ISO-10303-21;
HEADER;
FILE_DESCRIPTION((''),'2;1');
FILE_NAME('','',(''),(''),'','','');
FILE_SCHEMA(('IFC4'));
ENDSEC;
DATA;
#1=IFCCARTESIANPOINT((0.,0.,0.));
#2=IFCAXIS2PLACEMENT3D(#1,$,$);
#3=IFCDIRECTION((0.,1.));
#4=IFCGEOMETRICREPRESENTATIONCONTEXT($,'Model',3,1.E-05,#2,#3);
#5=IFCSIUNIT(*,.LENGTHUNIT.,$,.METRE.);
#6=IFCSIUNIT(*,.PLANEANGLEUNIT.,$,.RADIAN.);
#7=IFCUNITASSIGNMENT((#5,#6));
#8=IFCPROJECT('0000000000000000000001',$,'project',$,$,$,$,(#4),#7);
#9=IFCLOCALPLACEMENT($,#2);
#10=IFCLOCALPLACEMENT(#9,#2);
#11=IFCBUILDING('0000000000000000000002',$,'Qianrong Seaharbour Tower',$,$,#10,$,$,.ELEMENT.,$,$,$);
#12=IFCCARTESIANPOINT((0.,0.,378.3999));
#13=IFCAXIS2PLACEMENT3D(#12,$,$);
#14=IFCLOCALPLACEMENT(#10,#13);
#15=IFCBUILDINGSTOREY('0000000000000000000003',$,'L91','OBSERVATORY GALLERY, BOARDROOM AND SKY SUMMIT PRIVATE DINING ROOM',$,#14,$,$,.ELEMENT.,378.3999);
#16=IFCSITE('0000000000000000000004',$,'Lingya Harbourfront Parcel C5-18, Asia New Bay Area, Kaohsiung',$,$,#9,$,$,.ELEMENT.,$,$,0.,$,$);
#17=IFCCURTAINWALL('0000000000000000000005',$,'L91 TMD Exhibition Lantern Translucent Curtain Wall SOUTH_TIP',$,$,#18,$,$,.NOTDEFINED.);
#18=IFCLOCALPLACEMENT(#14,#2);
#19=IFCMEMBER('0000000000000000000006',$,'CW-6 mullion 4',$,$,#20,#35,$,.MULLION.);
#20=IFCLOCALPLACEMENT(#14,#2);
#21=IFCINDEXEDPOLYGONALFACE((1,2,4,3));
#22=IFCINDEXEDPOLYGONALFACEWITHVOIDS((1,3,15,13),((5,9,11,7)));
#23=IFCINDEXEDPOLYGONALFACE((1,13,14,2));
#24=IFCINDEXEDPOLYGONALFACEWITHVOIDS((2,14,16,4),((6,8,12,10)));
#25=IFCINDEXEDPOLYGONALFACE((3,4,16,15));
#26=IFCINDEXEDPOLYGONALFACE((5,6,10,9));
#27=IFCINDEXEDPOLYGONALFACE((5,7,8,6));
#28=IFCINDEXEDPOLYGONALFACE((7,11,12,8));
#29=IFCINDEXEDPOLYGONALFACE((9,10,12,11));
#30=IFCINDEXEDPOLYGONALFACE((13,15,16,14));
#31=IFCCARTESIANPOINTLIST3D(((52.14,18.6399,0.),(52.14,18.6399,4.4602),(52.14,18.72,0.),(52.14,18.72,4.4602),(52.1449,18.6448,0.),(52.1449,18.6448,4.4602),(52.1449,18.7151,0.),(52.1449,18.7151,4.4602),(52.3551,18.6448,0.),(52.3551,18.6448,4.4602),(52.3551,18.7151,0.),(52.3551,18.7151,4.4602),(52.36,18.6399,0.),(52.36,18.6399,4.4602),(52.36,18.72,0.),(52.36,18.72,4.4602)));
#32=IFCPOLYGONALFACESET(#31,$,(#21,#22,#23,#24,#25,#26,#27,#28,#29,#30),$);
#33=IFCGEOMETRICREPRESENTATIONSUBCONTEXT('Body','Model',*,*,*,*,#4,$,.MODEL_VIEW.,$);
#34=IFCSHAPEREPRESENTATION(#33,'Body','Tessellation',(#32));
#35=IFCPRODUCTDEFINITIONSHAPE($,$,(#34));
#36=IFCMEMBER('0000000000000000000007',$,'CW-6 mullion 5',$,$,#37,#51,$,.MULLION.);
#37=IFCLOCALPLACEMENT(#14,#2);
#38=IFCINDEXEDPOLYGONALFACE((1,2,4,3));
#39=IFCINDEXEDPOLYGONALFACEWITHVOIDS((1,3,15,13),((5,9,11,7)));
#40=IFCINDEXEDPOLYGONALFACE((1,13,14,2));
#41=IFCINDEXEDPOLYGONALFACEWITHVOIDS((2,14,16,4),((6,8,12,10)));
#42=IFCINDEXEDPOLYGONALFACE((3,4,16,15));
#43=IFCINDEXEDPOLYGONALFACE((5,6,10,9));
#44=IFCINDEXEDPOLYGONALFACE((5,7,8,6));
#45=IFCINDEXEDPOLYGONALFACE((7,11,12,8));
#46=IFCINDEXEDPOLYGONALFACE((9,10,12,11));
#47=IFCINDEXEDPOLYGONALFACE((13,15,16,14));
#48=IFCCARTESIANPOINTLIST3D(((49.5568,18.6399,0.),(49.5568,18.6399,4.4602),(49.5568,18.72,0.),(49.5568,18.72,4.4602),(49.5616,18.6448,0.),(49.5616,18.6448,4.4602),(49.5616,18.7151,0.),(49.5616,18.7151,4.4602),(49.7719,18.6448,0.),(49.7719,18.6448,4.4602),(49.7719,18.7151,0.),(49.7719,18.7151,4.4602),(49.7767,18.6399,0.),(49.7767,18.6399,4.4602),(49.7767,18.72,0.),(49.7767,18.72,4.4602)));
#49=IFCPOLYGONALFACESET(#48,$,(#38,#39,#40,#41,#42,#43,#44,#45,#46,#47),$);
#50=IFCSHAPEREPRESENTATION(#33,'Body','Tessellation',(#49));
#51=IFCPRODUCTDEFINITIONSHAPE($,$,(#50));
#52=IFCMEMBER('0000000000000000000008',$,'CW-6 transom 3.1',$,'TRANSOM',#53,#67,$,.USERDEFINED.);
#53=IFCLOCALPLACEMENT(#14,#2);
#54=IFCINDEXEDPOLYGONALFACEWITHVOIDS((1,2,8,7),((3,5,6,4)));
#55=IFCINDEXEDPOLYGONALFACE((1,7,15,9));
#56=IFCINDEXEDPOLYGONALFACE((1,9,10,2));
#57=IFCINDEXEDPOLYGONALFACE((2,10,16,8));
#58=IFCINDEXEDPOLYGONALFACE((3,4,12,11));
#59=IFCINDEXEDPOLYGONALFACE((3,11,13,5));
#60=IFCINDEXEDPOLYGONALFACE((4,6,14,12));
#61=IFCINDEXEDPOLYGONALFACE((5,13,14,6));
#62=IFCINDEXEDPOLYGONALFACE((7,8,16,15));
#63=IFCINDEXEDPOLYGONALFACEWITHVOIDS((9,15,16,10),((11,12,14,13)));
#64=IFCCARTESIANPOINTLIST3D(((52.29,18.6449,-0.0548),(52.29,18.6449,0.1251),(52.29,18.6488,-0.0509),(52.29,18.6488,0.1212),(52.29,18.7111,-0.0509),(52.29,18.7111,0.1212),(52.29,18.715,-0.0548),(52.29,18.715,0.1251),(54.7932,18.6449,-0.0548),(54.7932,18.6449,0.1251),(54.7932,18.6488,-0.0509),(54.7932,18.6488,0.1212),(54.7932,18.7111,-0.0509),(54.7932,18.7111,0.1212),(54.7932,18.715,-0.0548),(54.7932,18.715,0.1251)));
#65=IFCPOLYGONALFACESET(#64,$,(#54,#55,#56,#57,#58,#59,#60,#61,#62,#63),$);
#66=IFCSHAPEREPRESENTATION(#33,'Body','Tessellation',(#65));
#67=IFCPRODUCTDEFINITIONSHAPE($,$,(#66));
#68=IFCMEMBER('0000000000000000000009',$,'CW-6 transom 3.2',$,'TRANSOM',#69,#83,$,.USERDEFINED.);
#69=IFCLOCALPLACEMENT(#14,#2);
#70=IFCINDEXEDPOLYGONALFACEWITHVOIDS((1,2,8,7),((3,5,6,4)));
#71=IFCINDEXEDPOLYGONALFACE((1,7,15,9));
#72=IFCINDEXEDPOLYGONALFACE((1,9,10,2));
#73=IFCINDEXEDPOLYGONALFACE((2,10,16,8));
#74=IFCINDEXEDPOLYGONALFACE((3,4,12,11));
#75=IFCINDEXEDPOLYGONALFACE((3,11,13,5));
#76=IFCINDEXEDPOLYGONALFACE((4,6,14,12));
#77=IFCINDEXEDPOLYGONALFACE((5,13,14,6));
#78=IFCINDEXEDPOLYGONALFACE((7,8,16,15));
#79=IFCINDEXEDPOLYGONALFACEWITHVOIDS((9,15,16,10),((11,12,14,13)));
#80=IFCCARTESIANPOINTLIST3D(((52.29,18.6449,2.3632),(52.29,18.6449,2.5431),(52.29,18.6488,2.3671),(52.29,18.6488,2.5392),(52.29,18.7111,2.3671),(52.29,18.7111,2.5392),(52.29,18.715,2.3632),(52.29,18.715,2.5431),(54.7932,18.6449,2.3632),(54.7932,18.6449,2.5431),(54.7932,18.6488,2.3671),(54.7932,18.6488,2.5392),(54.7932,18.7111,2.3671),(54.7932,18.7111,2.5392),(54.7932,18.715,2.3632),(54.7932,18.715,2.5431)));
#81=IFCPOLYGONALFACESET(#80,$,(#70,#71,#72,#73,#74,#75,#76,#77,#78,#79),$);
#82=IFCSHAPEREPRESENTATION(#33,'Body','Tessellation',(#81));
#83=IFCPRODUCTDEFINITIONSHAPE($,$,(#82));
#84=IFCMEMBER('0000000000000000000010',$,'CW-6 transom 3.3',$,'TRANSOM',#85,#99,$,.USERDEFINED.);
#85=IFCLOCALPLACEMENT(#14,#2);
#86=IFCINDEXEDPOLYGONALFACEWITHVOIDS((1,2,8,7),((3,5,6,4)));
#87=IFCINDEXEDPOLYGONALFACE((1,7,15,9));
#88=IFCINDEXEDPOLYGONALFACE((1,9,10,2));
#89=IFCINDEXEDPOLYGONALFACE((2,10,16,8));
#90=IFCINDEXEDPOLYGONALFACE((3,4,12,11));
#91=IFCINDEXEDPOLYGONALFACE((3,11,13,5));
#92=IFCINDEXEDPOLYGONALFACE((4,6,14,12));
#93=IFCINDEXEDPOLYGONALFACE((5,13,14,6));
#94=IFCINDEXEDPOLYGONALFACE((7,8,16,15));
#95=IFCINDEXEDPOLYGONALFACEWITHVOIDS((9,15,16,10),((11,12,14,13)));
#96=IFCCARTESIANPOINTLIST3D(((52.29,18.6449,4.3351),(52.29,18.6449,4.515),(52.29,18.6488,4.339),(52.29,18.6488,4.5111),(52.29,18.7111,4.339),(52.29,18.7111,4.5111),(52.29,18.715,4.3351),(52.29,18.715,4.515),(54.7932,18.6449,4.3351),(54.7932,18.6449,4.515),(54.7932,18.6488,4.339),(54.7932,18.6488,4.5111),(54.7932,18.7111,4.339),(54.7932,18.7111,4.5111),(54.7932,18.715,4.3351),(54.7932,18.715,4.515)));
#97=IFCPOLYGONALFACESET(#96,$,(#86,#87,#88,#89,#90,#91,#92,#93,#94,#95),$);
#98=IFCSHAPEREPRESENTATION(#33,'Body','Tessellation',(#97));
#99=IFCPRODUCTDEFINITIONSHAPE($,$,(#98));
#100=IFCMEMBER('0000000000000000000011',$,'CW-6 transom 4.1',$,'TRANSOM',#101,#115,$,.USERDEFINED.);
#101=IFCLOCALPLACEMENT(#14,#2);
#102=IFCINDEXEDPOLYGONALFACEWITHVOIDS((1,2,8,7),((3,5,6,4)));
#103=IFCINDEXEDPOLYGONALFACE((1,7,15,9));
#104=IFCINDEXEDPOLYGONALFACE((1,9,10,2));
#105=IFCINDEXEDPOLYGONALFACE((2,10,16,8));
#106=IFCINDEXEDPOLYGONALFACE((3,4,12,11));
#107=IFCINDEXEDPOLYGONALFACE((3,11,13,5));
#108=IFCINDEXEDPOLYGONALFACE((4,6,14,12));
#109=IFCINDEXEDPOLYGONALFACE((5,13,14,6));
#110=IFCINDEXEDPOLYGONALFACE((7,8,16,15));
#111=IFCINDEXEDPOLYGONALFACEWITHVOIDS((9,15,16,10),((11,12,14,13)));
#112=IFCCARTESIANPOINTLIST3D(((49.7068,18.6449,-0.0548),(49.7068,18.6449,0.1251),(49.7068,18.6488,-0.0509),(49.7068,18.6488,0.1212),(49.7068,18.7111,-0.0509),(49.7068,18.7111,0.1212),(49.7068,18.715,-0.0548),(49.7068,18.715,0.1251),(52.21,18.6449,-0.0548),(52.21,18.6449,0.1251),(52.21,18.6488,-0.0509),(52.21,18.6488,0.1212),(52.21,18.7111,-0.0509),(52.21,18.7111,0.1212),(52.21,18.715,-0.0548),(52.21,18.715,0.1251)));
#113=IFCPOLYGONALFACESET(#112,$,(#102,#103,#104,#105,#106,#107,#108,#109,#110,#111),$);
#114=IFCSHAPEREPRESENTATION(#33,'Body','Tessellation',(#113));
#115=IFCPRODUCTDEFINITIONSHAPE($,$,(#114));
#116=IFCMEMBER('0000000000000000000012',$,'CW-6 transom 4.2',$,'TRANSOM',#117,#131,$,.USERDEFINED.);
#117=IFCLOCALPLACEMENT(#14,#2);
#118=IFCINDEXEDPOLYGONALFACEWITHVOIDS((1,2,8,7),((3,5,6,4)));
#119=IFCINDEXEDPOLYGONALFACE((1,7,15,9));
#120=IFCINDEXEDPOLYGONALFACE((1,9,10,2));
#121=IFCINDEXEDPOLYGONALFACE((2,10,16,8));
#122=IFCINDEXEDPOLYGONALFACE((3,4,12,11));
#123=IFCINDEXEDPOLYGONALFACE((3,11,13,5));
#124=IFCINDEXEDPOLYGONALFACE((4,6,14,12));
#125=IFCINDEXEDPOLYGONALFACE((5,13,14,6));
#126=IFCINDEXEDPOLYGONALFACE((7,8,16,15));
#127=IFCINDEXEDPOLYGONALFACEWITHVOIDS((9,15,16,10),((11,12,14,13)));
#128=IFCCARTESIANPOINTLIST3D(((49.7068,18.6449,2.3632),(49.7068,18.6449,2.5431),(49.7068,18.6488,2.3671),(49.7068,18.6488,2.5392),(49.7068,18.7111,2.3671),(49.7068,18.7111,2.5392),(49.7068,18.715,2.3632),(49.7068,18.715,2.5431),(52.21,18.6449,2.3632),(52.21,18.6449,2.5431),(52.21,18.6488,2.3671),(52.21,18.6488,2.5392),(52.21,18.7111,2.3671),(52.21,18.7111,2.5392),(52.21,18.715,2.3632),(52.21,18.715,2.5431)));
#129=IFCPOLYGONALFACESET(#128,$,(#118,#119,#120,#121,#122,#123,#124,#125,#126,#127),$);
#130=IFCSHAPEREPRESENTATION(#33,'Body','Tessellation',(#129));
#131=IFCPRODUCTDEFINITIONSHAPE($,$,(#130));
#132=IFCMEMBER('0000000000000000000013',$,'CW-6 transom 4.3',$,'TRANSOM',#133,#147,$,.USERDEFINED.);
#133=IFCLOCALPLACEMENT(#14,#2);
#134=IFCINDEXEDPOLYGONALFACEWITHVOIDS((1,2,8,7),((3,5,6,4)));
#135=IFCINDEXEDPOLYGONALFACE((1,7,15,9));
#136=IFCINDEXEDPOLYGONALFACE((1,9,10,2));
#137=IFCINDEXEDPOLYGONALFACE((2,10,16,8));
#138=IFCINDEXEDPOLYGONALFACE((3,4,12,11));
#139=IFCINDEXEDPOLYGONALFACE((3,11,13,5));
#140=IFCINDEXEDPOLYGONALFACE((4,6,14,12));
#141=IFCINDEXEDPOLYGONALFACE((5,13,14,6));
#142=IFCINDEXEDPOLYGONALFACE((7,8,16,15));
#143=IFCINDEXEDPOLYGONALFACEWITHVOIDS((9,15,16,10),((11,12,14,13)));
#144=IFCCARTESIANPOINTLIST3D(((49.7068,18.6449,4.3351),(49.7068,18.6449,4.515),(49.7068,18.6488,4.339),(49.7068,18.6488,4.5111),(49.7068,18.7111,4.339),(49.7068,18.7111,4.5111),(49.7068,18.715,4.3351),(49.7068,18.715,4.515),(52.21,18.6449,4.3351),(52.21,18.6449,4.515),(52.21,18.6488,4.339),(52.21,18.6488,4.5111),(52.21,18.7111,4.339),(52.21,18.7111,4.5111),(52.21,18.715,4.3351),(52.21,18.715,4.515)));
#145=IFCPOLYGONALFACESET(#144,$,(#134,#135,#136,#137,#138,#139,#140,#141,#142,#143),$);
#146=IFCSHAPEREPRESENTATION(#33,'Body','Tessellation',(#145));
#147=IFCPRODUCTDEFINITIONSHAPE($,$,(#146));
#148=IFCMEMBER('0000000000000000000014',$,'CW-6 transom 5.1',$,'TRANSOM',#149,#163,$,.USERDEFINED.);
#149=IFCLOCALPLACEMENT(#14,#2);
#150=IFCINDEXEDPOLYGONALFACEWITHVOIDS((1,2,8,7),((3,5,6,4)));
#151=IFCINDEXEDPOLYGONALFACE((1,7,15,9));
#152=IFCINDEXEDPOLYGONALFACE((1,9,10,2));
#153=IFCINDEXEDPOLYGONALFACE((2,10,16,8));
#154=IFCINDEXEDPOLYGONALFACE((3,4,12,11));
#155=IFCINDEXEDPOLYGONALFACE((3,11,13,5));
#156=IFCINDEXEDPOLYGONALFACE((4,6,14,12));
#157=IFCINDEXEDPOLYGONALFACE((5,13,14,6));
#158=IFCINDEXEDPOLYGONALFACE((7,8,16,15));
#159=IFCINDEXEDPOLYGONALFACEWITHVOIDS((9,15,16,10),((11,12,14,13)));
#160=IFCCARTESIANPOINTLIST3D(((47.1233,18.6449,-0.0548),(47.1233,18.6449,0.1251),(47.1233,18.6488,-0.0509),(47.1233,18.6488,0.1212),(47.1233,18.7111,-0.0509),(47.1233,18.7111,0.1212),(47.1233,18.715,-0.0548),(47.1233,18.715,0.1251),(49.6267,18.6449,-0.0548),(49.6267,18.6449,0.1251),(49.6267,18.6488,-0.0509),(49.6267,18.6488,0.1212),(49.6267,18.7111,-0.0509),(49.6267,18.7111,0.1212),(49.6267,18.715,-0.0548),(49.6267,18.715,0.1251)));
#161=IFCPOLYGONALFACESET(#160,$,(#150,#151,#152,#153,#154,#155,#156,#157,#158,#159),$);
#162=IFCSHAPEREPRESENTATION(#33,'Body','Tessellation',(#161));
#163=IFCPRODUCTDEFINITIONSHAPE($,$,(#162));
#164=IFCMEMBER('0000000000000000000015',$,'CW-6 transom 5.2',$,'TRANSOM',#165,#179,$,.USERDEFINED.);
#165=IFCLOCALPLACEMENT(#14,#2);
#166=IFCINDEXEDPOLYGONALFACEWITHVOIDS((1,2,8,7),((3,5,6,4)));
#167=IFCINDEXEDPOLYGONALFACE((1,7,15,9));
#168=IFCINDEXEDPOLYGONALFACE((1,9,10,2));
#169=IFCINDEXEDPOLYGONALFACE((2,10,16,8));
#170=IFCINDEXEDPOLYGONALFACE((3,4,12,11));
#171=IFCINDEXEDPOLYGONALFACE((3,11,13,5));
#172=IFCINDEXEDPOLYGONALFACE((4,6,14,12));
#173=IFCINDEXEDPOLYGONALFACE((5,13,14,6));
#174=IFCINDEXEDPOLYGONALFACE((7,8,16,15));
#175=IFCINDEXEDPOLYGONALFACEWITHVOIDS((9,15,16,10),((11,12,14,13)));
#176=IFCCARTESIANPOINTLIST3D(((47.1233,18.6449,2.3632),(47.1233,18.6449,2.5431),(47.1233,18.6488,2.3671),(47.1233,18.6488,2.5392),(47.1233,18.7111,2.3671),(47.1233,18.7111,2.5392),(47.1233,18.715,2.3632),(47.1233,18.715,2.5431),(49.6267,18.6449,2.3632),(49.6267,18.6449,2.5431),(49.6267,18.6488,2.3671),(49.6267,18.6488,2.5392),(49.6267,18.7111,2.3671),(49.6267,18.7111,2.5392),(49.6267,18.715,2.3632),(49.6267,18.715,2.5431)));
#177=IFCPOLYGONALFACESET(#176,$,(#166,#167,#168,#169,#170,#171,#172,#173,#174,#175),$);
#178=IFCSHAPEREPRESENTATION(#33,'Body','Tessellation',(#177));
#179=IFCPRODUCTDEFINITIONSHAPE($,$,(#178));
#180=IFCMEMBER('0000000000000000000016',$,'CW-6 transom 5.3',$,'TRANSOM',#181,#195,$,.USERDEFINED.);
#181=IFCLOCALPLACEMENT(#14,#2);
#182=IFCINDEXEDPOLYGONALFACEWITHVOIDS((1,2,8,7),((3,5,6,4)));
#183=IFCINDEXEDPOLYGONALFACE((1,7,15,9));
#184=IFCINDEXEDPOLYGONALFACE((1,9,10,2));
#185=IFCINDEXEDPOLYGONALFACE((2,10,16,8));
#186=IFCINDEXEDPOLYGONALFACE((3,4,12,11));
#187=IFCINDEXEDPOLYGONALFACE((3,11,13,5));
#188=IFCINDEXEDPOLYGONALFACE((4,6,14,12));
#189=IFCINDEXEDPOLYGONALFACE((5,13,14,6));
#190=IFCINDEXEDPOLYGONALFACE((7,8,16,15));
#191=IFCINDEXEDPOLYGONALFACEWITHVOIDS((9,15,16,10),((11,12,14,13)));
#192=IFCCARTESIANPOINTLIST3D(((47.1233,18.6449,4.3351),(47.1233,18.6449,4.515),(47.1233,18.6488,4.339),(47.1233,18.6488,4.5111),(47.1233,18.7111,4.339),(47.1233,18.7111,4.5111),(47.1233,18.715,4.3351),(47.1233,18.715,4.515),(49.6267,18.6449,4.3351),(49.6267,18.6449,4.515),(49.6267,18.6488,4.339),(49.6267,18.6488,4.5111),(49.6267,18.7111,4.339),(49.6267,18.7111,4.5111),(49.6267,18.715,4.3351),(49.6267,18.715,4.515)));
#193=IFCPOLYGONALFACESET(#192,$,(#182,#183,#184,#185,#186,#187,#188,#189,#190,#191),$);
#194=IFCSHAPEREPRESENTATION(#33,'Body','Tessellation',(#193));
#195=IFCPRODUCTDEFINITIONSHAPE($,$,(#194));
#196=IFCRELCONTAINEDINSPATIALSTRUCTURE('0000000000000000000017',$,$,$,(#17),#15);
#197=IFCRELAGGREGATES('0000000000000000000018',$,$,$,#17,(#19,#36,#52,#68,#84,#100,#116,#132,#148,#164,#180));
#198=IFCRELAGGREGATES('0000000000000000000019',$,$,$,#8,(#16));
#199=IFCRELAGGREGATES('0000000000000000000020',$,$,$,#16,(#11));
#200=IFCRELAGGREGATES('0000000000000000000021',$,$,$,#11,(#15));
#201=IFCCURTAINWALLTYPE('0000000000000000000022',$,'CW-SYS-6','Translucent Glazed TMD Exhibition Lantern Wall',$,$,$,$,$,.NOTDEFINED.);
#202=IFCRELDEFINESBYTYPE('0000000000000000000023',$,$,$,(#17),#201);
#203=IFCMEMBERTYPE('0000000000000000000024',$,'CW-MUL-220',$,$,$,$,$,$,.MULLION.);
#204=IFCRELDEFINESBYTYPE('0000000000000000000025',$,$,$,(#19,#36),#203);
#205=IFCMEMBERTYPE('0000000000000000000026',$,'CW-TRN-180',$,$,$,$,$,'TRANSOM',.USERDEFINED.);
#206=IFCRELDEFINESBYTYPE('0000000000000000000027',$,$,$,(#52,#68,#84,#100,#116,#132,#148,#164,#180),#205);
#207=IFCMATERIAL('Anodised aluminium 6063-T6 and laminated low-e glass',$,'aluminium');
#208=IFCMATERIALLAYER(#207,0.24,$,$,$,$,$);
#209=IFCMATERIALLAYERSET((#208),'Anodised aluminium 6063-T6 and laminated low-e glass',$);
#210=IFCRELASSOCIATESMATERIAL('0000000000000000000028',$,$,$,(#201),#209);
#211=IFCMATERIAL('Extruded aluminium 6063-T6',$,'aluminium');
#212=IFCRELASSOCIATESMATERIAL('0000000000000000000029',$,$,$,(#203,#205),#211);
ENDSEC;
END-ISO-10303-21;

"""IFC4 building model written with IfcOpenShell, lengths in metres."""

from ifc_helpers import new_model, si_unit, direction, frame, origin, origin_2d, place, context, subcontext, project, spatial, hollow_rectangle, extrude, material, layer, layer_set, material_profile, profile_set, type_object, element, aggregate, save


model = new_model("IFC4")

# Units and contexts
model_context = context("Model", 3, precision=1e-05, world=origin(), true_north=direction((0.0, 1.0)))
body_context = subcontext(model_context, "Body", "Model", "MODEL_VIEW")
ifc_project = project(units=[si_unit("LENGTHUNIT", "METRE"), si_unit("PLANEANGLEUNIT", "RADIAN")], contexts=[model_context])

# Site, building, storey
site_placement = place(None, origin())
site = spatial("IfcSite", under=ifc_project, at=site_placement, Name="Lingya Harbourfront Parcel C5-18, Asia New Bay Area, Kaohsiung", CompositionType="ELEMENT", RefElevation=0.0)
building_placement = place(site_placement, origin())
building = spatial("IfcBuilding", under=site, at=building_placement, Name="Qianrong Seaharbour Tower", CompositionType="ELEMENT")
storey_placement = place(building_placement, frame((0.0, 0.0, 378.3999)))
storey = spatial("IfcBuildingStorey", under=building, at=storey_placement, Name="L91", Description="OBSERVATORY GALLERY, BOARDROOM AND SKY SUMMIT PRIVATE DINING ROOM", CompositionType="ELEMENT", Elevation=378.3999)

# Curtain wall, members
ifc_material_1 = material(Name="Anodised aluminium 6063-T6 and laminated low-e glass", Category="aluminium")
ifc_layer_1 = layer(ifc_material_1, 0.24)
ifc_layer_set_1 = layer_set([ifc_layer_1], Name="Anodised aluminium 6063-T6 and laminated low-e glass")
curtain_wall_type = type_object("IfcCurtainWallType", Name="CW-SYS-6", Description="Translucent Glazed TMD Exhibition Lantern Wall", PredefinedType="NOTDEFINED", material=ifc_layer_set_1)
curtain_wall_placement = place(storey_placement, origin())
curtain_wall = element("IfcCurtainWall", 1, at=curtain_wall_placement, inside=storey, type_object=curtain_wall_type, Name="L91 TMD Exhibition Lantern Translucent Curtain Wall SOUTH_TIP", PredefinedType="NOTDEFINED")
ifc_material_2 = material(Name="Extruded aluminium 6063-T6", Category="aluminium")
ifc_material_profile_1 = material_profile(ifc_material_2, hollow_rectangle(XDim=0.0801, YDim=0.22, WallThickness=0.0049, at=origin_2d()), Name="ALU-MUL-220x80x5")
ifc_profile_set_1 = profile_set([ifc_material_profile_1], Name="Extruded aluminium 6063-T6")
member_type_1 = type_object("IfcMemberType", Name="CW-MUL-220", PredefinedType="MULLION", material=ifc_profile_set_1)
member_1_placement = place(storey_placement, frame((52.25, 18.6799, 0.0), z_axis=(0.0, 0.0, 1.0), x_axis=(0.0, -1.0, 0.0)))
member_1 = element("IfcMember", 2, at=member_1_placement, type_object=member_type_1, Name="CW-6 mullion 4", PredefinedType="MULLION", context=body_context, shape_type="SweptSolid", body=[
    extrude(hollow_rectangle(XDim=0.0801, YDim=0.22, WallThickness=0.0049, at=origin_2d()), origin(), (0.0, 0.0, 1.0), 4.4602),
])
member_2_placement = place(storey_placement, frame((49.6667, 18.6799, 0.0), z_axis=(0.0, 0.0, 1.0), x_axis=(0.0, -1.0, 0.0)))
member_2 = element("IfcMember", 3, at=member_2_placement, type_object=member_type_1, Name="CW-6 mullion 5", PredefinedType="MULLION", context=body_context, shape_type="SweptSolid", body=[
    extrude(hollow_rectangle(XDim=0.0801, YDim=0.22, WallThickness=0.0049, at=origin_2d()), origin(), (0.0, 0.0, 1.0), 4.4602),
])
ifc_material_profile_2 = material_profile(ifc_material_2, hollow_rectangle(XDim=0.0701, YDim=0.1799, WallThickness=0.0039, at=origin_2d()), Name="ALU-TRN-180x70x4")
ifc_profile_set_2 = profile_set([ifc_material_profile_2], Name="Extruded aluminium 6063-T6")
member_type_2 = type_object("IfcMemberType", Name="CW-TRN-180", ElementType="TRANSOM", PredefinedType="USERDEFINED", material=ifc_profile_set_2)
member_3_placement = place(storey_placement, frame((54.7932, 18.6799, 0.0352), z_axis=(-1.0, 0.0, 0.0), x_axis=(0.0, -1.0, 0.0)))
member_3 = element("IfcMember", 4, at=member_3_placement, type_object=member_type_2, Name="CW-6 transom 3.1", ObjectType="TRANSOM", PredefinedType="USERDEFINED", context=body_context, shape_type="SweptSolid", body=[
    extrude(hollow_rectangle(XDim=0.0701, YDim=0.1799, WallThickness=0.0039, at=origin_2d()), origin(), (0.0, 0.0, 1.0), 2.5032),
])
member_4_placement = place(storey_placement, frame((54.7932, 18.6799, 2.4531), z_axis=(-1.0, 0.0, 0.0), x_axis=(0.0, -1.0, 0.0)))
member_4 = element("IfcMember", 5, at=member_4_placement, type_object=member_type_2, Name="CW-6 transom 3.2", ObjectType="TRANSOM", PredefinedType="USERDEFINED", context=body_context, shape_type="SweptSolid", body=[
    extrude(hollow_rectangle(XDim=0.0701, YDim=0.1799, WallThickness=0.0039, at=origin_2d()), origin(), (0.0, 0.0, 1.0), 2.5032),
])
member_5_placement = place(storey_placement, frame((54.7932, 18.6799, 4.425), z_axis=(-1.0, 0.0, 0.0), x_axis=(0.0, -1.0, 0.0)))
member_5 = element("IfcMember", 6, at=member_5_placement, type_object=member_type_2, Name="CW-6 transom 3.3", ObjectType="TRANSOM", PredefinedType="USERDEFINED", context=body_context, shape_type="SweptSolid", body=[
    extrude(hollow_rectangle(XDim=0.0701, YDim=0.1799, WallThickness=0.0039, at=origin_2d()), origin(), (0.0, 0.0, 1.0), 2.5032),
])
member_6_placement = place(storey_placement, frame((52.21, 18.6799, 0.0352), z_axis=(-1.0, 0.0, 0.0), x_axis=(0.0, -1.0, 0.0)))
member_6 = element("IfcMember", 7, at=member_6_placement, type_object=member_type_2, Name="CW-6 transom 4.1", ObjectType="TRANSOM", PredefinedType="USERDEFINED", context=body_context, shape_type="SweptSolid", body=[
    extrude(hollow_rectangle(XDim=0.0701, YDim=0.1799, WallThickness=0.0039, at=origin_2d()), origin(), (0.0, 0.0, 1.0), 2.5032),
])
member_7_placement = place(storey_placement, frame((52.21, 18.6799, 2.4531), z_axis=(-1.0, 0.0, 0.0), x_axis=(0.0, -1.0, 0.0)))
member_7 = element("IfcMember", 8, at=member_7_placement, type_object=member_type_2, Name="CW-6 transom 4.2", ObjectType="TRANSOM", PredefinedType="USERDEFINED", context=body_context, shape_type="SweptSolid", body=[
    extrude(hollow_rectangle(XDim=0.0701, YDim=0.1799, WallThickness=0.0039, at=origin_2d()), origin(), (0.0, 0.0, 1.0), 2.5032),
])
member_8_placement = place(storey_placement, frame((52.21, 18.6799, 4.425), z_axis=(-1.0, 0.0, 0.0), x_axis=(0.0, -1.0, 0.0)))
member_8 = element("IfcMember", 9, at=member_8_placement, type_object=member_type_2, Name="CW-6 transom 4.3", ObjectType="TRANSOM", PredefinedType="USERDEFINED", context=body_context, shape_type="SweptSolid", body=[
    extrude(hollow_rectangle(XDim=0.0701, YDim=0.1799, WallThickness=0.0039, at=origin_2d()), origin(), (0.0, 0.0, 1.0), 2.5032),
])
member_9_placement = place(storey_placement, frame((49.6267, 18.6799, 0.0352), z_axis=(-1.0, 0.0, 0.0), x_axis=(0.0, -1.0, 0.0)))
member_9 = element("IfcMember", 10, at=member_9_placement, type_object=member_type_2, Name="CW-6 transom 5.1", ObjectType="TRANSOM", PredefinedType="USERDEFINED", context=body_context, shape_type="SweptSolid", body=[
    extrude(hollow_rectangle(XDim=0.0701, YDim=0.1799, WallThickness=0.0039, at=origin_2d()), origin(), (0.0, 0.0, 1.0), 2.5034),
])
member_10_placement = place(storey_placement, frame((49.6267, 18.6799, 2.4531), z_axis=(-1.0, 0.0, 0.0), x_axis=(0.0, -1.0, 0.0)))
member_10 = element("IfcMember", 11, at=member_10_placement, type_object=member_type_2, Name="CW-6 transom 5.2", ObjectType="TRANSOM", PredefinedType="USERDEFINED", context=body_context, shape_type="SweptSolid", body=[
    extrude(hollow_rectangle(XDim=0.0701, YDim=0.1799, WallThickness=0.0039, at=origin_2d()), origin(), (0.0, 0.0, 1.0), 2.5034),
])
member_11_placement = place(storey_placement, frame((49.6267, 18.6799, 4.425), z_axis=(-1.0, 0.0, 0.0), x_axis=(0.0, -1.0, 0.0)))
member_11 = element("IfcMember", 12, at=member_11_placement, type_object=member_type_2, Name="CW-6 transom 5.3", ObjectType="TRANSOM", PredefinedType="USERDEFINED", context=body_context, shape_type="SweptSolid", body=[
    extrude(hollow_rectangle(XDim=0.0701, YDim=0.1799, WallThickness=0.0039, at=origin_2d()), origin(), (0.0, 0.0, 1.0), 2.5034),
])
aggregate(curtain_wall, [member_1, member_2, member_3, member_4, member_5, member_6, member_7, member_8, member_9, member_10, member_11])

save(model, "model.ifc")
